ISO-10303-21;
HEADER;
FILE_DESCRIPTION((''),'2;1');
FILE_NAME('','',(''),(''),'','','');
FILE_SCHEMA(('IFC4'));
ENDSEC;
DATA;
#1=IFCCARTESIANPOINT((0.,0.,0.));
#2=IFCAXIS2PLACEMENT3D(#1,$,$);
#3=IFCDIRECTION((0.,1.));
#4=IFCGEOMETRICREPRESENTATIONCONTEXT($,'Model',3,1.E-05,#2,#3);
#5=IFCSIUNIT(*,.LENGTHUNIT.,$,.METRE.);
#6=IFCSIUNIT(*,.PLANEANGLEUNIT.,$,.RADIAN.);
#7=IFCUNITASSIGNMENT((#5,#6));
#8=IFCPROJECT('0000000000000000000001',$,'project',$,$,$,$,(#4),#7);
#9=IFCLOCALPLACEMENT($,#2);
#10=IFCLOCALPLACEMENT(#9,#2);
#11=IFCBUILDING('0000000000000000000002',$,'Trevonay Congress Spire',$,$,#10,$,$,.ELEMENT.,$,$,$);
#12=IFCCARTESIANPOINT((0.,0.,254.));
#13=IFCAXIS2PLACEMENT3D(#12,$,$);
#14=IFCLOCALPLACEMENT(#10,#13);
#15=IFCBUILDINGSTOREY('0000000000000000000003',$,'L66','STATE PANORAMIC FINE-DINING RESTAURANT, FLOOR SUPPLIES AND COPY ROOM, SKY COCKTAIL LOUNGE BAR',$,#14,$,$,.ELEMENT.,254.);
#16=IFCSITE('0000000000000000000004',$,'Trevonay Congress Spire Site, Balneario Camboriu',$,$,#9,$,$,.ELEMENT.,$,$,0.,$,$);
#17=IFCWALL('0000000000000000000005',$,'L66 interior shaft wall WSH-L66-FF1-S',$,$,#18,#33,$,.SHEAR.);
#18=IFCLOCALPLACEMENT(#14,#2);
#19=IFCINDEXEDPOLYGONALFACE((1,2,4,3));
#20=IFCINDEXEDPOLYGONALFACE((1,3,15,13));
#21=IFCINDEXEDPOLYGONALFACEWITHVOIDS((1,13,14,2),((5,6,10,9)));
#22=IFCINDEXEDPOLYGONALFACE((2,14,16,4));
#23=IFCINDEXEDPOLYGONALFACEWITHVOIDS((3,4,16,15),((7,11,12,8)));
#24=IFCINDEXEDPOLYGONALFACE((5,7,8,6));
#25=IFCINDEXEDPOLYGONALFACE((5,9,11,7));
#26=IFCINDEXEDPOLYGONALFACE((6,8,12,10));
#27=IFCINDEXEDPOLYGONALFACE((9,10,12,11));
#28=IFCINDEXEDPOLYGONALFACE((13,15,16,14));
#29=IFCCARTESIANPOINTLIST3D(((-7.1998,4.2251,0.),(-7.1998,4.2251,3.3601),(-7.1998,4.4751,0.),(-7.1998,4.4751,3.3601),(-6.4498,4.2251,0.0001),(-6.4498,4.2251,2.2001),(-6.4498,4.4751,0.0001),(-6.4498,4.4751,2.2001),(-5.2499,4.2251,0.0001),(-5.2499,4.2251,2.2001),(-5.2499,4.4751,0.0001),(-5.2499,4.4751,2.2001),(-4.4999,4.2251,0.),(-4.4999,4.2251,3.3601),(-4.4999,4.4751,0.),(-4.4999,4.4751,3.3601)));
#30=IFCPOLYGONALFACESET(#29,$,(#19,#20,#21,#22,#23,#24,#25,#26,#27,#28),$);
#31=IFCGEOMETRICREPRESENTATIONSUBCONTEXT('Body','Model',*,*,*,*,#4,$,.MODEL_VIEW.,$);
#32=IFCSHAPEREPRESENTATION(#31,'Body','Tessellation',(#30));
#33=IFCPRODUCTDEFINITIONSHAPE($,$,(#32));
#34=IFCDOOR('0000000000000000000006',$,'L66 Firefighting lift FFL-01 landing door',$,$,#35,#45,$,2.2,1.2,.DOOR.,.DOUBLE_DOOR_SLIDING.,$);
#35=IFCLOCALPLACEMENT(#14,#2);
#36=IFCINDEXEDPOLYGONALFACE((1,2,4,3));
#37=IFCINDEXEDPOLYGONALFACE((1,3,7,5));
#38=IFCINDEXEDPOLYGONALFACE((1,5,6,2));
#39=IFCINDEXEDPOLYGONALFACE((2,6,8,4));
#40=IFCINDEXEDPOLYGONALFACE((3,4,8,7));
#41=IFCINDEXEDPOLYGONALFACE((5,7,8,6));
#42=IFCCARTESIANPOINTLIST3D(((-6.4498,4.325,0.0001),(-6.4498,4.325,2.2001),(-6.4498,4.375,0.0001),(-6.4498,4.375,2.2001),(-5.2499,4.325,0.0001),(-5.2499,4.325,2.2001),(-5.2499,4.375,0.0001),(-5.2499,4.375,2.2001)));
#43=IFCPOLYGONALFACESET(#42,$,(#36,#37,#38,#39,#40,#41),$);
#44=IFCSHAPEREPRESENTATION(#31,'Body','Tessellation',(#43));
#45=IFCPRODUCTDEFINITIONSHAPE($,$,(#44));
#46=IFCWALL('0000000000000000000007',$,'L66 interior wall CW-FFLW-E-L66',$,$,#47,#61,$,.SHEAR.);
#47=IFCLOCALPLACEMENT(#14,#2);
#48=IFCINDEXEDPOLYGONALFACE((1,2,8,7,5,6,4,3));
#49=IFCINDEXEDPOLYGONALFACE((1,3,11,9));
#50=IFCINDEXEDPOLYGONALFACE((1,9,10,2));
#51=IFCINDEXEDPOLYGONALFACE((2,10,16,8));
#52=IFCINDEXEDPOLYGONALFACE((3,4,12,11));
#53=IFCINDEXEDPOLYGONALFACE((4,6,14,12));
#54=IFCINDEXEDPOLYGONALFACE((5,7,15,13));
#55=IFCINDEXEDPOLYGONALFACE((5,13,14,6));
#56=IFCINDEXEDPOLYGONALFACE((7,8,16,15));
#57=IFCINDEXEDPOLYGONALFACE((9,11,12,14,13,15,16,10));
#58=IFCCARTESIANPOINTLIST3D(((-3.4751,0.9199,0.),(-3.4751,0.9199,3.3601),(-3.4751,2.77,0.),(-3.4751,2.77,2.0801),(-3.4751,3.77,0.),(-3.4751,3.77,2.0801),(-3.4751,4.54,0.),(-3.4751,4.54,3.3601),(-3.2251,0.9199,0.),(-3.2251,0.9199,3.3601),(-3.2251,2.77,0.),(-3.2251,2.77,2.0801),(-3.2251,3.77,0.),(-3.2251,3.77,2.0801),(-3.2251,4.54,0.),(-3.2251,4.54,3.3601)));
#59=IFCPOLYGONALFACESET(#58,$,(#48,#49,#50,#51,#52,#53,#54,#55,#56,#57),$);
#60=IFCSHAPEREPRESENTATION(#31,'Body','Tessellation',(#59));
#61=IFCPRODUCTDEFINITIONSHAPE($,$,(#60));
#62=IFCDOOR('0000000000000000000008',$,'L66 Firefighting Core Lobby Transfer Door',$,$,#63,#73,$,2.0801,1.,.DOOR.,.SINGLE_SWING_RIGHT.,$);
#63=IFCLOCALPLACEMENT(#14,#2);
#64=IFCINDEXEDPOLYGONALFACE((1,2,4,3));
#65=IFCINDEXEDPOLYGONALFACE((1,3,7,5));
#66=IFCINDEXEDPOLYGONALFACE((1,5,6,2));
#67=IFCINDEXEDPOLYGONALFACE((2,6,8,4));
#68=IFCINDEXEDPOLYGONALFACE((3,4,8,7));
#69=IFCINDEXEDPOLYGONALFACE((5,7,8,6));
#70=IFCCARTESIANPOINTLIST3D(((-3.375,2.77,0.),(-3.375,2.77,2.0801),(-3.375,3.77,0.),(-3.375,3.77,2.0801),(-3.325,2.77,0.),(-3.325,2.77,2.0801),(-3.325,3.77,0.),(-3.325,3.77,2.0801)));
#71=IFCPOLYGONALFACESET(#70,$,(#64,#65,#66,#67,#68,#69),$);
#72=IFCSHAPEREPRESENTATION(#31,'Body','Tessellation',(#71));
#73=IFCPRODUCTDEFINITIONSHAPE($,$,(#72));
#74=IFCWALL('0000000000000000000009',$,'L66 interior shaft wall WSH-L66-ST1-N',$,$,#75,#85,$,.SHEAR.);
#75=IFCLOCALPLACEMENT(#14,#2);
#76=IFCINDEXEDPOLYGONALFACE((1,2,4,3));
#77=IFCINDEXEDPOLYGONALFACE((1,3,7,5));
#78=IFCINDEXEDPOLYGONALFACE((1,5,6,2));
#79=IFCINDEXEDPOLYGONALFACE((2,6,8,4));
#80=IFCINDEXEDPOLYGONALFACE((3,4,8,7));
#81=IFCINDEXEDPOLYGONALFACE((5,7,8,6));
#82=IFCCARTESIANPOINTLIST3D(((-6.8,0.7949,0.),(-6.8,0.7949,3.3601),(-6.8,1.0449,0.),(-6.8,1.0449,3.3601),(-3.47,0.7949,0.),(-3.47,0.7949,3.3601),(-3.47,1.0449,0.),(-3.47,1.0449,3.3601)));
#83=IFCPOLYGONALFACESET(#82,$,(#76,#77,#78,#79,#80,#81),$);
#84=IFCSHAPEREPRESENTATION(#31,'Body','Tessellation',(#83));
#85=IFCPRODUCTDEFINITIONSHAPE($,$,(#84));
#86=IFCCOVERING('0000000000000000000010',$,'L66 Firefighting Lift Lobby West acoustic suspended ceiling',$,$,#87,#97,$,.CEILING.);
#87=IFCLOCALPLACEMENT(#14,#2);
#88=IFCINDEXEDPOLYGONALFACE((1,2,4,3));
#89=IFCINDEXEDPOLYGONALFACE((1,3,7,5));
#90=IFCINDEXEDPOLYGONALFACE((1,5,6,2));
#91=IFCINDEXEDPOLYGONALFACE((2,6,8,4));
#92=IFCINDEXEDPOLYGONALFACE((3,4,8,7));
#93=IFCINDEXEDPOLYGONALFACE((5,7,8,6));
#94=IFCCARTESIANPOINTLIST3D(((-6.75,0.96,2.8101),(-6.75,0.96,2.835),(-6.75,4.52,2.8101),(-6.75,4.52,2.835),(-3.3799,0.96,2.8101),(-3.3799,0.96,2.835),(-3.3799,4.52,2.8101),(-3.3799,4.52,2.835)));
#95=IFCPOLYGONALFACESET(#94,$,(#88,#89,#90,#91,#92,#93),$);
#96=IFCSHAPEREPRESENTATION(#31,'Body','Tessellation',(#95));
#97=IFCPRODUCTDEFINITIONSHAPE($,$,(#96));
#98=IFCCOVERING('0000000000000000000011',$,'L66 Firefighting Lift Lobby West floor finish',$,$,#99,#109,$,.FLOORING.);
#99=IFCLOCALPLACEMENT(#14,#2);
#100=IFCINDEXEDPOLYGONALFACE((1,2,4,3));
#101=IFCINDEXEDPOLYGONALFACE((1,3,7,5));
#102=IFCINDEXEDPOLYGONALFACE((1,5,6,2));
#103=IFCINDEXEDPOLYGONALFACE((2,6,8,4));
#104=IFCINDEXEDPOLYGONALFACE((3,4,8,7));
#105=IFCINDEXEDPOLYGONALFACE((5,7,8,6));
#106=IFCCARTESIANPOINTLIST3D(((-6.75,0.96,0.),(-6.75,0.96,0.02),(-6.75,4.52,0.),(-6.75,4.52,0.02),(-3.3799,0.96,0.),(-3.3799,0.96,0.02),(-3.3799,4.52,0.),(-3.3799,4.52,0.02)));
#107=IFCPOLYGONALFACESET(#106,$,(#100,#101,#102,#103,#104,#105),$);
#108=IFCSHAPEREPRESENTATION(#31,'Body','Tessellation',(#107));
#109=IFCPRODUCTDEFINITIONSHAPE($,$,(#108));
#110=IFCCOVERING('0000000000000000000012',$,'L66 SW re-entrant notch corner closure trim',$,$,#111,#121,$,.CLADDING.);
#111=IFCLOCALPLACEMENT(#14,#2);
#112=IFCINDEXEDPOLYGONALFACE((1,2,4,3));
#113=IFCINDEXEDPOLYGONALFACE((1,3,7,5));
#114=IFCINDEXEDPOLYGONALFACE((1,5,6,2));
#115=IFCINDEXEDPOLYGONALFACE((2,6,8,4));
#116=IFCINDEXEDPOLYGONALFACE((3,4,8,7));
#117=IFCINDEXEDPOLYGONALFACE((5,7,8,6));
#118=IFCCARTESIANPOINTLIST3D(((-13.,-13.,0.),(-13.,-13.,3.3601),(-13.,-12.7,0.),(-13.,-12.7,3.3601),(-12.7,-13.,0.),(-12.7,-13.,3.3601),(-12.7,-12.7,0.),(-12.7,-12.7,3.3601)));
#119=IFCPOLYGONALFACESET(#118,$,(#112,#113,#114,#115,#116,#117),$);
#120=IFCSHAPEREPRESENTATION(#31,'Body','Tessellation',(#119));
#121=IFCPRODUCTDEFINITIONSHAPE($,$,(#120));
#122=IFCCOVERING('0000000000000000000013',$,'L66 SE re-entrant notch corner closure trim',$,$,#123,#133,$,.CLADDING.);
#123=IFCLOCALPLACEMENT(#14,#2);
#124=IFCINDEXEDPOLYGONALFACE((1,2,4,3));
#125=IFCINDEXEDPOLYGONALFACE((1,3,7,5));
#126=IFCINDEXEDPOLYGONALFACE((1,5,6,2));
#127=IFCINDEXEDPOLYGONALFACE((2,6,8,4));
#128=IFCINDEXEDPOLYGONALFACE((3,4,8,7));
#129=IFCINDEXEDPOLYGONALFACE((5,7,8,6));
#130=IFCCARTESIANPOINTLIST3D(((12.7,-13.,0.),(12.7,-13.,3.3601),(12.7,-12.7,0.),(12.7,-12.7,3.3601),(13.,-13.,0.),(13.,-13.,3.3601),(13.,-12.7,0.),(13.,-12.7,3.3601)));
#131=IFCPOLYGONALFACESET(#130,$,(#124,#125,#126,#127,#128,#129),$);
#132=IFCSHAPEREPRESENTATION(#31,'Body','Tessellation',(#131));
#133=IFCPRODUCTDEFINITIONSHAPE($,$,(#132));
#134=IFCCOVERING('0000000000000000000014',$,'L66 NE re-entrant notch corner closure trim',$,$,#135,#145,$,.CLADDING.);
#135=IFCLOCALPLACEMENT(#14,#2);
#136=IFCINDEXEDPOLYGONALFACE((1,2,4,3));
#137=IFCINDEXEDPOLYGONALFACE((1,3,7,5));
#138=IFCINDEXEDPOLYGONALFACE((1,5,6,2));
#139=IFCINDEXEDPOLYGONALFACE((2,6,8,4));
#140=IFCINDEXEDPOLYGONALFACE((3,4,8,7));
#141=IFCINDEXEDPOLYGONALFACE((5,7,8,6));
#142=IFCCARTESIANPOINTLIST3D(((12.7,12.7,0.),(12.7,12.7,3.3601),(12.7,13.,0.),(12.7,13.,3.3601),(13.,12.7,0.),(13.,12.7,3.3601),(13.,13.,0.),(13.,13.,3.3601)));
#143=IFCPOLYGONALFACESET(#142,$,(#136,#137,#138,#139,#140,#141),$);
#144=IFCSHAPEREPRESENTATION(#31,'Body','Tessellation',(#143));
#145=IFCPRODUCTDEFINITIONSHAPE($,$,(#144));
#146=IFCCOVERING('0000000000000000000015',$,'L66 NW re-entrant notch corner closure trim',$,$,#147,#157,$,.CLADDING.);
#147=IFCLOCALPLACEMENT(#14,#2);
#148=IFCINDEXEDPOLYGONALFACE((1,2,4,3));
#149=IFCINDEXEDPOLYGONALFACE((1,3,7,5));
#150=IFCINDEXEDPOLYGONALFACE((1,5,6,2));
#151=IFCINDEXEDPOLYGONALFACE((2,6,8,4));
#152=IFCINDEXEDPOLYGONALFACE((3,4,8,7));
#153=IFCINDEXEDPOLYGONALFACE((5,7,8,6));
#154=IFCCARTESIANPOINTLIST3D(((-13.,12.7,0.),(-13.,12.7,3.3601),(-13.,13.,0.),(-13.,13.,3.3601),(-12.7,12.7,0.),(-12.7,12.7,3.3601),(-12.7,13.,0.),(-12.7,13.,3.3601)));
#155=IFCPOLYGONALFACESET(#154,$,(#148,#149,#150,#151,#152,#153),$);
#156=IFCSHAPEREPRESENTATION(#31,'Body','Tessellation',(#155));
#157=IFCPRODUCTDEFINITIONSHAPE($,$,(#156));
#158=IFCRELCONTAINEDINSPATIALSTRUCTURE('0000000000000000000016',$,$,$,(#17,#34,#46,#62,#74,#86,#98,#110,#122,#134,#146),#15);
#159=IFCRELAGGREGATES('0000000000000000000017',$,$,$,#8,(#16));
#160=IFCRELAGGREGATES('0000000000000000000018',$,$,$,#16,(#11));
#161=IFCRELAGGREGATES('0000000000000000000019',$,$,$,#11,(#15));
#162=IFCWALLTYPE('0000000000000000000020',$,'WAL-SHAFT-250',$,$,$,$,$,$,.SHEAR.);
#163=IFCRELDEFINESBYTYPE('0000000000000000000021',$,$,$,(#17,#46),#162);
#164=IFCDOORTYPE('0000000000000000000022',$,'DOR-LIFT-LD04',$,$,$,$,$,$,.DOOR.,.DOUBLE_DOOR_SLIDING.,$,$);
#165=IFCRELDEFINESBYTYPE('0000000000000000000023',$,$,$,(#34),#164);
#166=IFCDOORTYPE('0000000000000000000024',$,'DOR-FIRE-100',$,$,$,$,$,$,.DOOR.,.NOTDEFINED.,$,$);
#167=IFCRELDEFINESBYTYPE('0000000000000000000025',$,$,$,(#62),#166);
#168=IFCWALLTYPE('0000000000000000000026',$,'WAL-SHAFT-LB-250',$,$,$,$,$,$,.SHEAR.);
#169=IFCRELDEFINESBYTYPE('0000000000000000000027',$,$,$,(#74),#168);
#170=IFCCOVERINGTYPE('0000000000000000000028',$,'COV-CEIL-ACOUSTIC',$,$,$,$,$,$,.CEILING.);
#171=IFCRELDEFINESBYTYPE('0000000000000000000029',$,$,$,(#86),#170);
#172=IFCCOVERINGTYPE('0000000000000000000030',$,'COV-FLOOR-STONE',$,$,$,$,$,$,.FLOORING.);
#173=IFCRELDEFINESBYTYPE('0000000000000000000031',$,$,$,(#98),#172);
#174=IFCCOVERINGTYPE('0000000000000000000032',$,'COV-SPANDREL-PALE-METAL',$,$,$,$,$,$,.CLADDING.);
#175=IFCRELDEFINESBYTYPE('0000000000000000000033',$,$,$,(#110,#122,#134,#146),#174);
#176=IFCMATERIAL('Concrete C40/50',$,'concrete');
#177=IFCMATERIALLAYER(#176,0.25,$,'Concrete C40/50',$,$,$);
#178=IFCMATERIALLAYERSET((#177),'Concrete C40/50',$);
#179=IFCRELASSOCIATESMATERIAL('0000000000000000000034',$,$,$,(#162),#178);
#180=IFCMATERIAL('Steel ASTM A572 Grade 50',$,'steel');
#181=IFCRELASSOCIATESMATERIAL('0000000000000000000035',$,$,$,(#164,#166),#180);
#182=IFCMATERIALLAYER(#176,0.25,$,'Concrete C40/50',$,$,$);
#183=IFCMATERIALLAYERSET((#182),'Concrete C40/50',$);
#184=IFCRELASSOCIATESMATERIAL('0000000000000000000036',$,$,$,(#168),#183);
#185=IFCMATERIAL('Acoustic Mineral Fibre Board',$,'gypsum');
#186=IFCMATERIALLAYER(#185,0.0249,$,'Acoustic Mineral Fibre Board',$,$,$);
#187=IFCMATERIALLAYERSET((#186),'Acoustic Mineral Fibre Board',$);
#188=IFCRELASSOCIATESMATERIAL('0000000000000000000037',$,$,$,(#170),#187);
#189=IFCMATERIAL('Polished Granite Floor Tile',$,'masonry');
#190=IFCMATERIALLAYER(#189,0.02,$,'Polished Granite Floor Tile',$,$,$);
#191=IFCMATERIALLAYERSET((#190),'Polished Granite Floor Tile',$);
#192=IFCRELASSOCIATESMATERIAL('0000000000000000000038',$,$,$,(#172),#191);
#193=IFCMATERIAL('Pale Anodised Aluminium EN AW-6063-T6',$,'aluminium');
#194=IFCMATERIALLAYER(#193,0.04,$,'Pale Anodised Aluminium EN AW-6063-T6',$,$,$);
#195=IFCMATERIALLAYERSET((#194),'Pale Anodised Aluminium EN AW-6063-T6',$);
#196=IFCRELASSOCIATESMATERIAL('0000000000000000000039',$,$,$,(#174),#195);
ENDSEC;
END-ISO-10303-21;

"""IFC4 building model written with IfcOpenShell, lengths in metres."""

from ifc_helpers import new_model, si_unit, direction, frame, frame_2d, origin, place, context, subcontext, project, spatial, polyline, rectangle, outline, extrude, material, layer, layer_set, type_object, element, fill, save


model = new_model("IFC4")

# Units and contexts
model_context = context("Model", 3, precision=1e-05, world=origin(), true_north=direction((0.0, 1.0)))
body_context = subcontext(model_context, "Body", "Model", "MODEL_VIEW")
ifc_project = project(units=[si_unit("LENGTHUNIT", "METRE"), si_unit("PLANEANGLEUNIT", "RADIAN")], contexts=[model_context])

# Site, building, storey
site_placement = place(None, origin())
site = spatial("IfcSite", under=ifc_project, at=site_placement, Name="Trevonay Congress Spire Site, Balneario Camboriu", CompositionType="ELEMENT", RefElevation=0.0)
building_placement = place(site_placement, origin())
building = spatial("IfcBuilding", under=site, at=building_placement, Name="Trevonay Congress Spire", CompositionType="ELEMENT")
storey_placement = place(building_placement, frame((0.0, 0.0, 254.0)))
storey = spatial("IfcBuildingStorey", under=building, at=storey_placement, Name="L66", Description="STATE PANORAMIC FINE-DINING RESTAURANT, FLOOR SUPPLIES AND COPY ROOM, SKY COCKTAIL LOUNGE BAR", CompositionType="ELEMENT", Elevation=254.0)

# Shared definitions
ifc_material_1 = material(Name="Concrete C40/50", Category="concrete")

# Walls, openings, doors
ifc_layer_1 = layer(ifc_material_1, 0.25, Name="Concrete C40/50")
ifc_layer_set_1 = layer_set([ifc_layer_1], Name="Concrete C40/50")
wall_type_1 = type_object("IfcWallType", Name="WAL-SHAFT-250", PredefinedType="SHEAR", material=ifc_layer_set_1)
wall_1_placement = place(storey_placement, frame((-7.2, 4.3501, 0.0), z_axis=(0.0, 0.0, 1.0), x_axis=(1.0, 0.0, 0.0)))
wall_1 = element("IfcWall", 1, at=wall_1_placement, inside=storey, type_object=wall_type_1, Name="L66 interior shaft wall WSH-L66-FF1-S", PredefinedType="SHEAR", context=body_context, shape_type="SweptSolid", body=[
    extrude(rectangle(XDim=2.7, YDim=0.25, at=frame_2d((1.3501, 0.0))), origin(), (0.0, 0.0, 1.0), 3.3601),
])
opening_1_placement = place(wall_1_placement, frame((0.75, 0.0, 0.0)))
opening_1 = element("IfcOpeningElement", 2, at=opening_1_placement, cuts=wall_1, PredefinedType="OPENING", context=body_context, shape_type="SweptSolid", body=[
    extrude(rectangle(XDim=1.2, YDim=2.2, at=frame_2d((0.6001, 1.1001))), frame((0.0, 0.135, 0.0), z_axis=(0.0, -1.0, 0.0), x_axis=(1.0, 0.0, 0.0)), (0.0, 0.0, 1.0), 0.27),
])
ifc_material_2 = material(Name="Steel ASTM A572 Grade 50", Category="steel")
door_type_1 = type_object("IfcDoorType", Name="DOR-LIFT-LD04", OperationType="DOUBLE_DOOR_SLIDING", PredefinedType="DOOR", material=ifc_material_2)
door_1_placement = place(opening_1_placement, origin())
door_1 = element("IfcDoor", 3, at=door_1_placement, inside=storey, type_object=door_type_1, Name="L66 Firefighting lift FFL-01 landing door", OperationType="DOUBLE_DOOR_SLIDING", OverallHeight=2.2, OverallWidth=1.2, PredefinedType="DOOR", context=body_context, shape_type="SweptSolid", body=[
    extrude(rectangle(XDim=1.2, YDim=2.2, at=frame_2d((0.6001, 1.1001))), frame((0.0, 0.0249, 0.0), z_axis=(0.0, -1.0, 0.0), x_axis=(1.0, 0.0, 0.0)), (0.0, 0.0, 1.0), 0.05),
])
fill(opening_1, door_1)
wall_2_placement = place(storey_placement, frame((-3.3501, 0.9199, 0.0), z_axis=(0.0, 0.0, 1.0), x_axis=(0.0, 1.0, 0.0)))
wall_2 = element("IfcWall", 4, at=wall_2_placement, inside=storey, type_object=wall_type_1, Name="L66 interior wall CW-FFLW-E-L66", PredefinedType="SHEAR", context=body_context, shape_type="SweptSolid", body=[
    extrude(rectangle(XDim=3.6201, YDim=0.25, at=frame_2d((1.8101, 0.0))), origin(), (0.0, 0.0, 1.0), 3.3601),
])
opening_2_placement = place(wall_2_placement, frame((1.8501, 0.0, 0.0)))
opening_2 = element("IfcOpeningElement", 5, at=opening_2_placement, cuts=wall_2, PredefinedType="OPENING", context=body_context, shape_type="SweptSolid", body=[
    extrude(rectangle(XDim=1.0, YDim=2.0801, at=frame_2d((0.5, 1.04))), frame((0.0, 0.135, 0.0), z_axis=(0.0, -1.0, 0.0), x_axis=(1.0, 0.0, 0.0)), (0.0, 0.0, 1.0), 0.27),
])
door_type_2 = type_object("IfcDoorType", Name="DOR-FIRE-100", OperationType="NOTDEFINED", PredefinedType="DOOR", material=ifc_material_2)
door_2_placement = place(opening_2_placement, origin())
door_2 = element("IfcDoor", 6, at=door_2_placement, inside=storey, type_object=door_type_2, Name="L66 Firefighting Core Lobby Transfer Door", OperationType="SINGLE_SWING_RIGHT", OverallHeight=2.0801, OverallWidth=1.0, PredefinedType="DOOR", context=body_context, shape_type="SweptSolid", body=[
    extrude(rectangle(XDim=1.0, YDim=2.0801, at=frame_2d((0.5, 1.04))), frame((0.0, 0.0249, 0.0), z_axis=(0.0, -1.0, 0.0), x_axis=(1.0, 0.0, 0.0)), (0.0, 0.0, 1.0), 0.05),
])
fill(opening_2, door_2)

# Wall
ifc_layer_2 = layer(ifc_material_1, 0.25, Name="Concrete C40/50")
ifc_layer_set_2 = layer_set([ifc_layer_2], Name="Concrete C40/50")
wall_type_2 = type_object("IfcWallType", Name="WAL-SHAFT-LB-250", PredefinedType="SHEAR", material=ifc_layer_set_2)
wall_3_placement = place(storey_placement, frame((-6.8, 0.9199, 0.0), z_axis=(0.0, 0.0, 1.0), x_axis=(1.0, 0.0, 0.0)))
element("IfcWall", 7, at=wall_3_placement, inside=storey, type_object=wall_type_2, Name="L66 interior shaft wall WSH-L66-ST1-N", PredefinedType="SHEAR", context=body_context, shape_type="SweptSolid", body=[
    extrude(rectangle(XDim=3.3301, YDim=0.25, at=frame_2d((1.665, 0.0))), origin(), (0.0, 0.0, 1.0), 3.3601),
])

# Coverings
ifc_material_3 = material(Name="Acoustic Mineral Fibre Board", Category="gypsum")
ifc_layer_3 = layer(ifc_material_3, 0.0249, Name="Acoustic Mineral Fibre Board")
ifc_layer_set_3 = layer_set([ifc_layer_3], Name="Acoustic Mineral Fibre Board")
covering_type_1 = type_object("IfcCoveringType", Name="COV-CEIL-ACOUSTIC", PredefinedType="CEILING", material=ifc_layer_set_3)
covering_1_placement = place(storey_placement, frame((0.0, 0.0, 2.8101)))
element("IfcCovering", 8, at=covering_1_placement, inside=storey, type_object=covering_type_1, Name="L66 Firefighting Lift Lobby West acoustic suspended ceiling", PredefinedType="CEILING", context=body_context, shape_type="SweptSolid", body=[
    extrude(outline(polyline([(-6.75, 0.96), (-3.3799, 0.96), (-3.3799, 4.52), (-6.75, 4.52), (-6.75, 0.96)])), origin(), (0.0, 0.0, 1.0), 0.0249),
])
ifc_material_4 = material(Name="Polished Granite Floor Tile", Category="masonry")
ifc_layer_4 = layer(ifc_material_4, 0.02, Name="Polished Granite Floor Tile")
ifc_layer_set_4 = layer_set([ifc_layer_4], Name="Polished Granite Floor Tile")
covering_type_2 = type_object("IfcCoveringType", Name="COV-FLOOR-STONE", PredefinedType="FLOORING", material=ifc_layer_set_4)
covering_2_placement = place(storey_placement, origin())
element("IfcCovering", 9, at=covering_2_placement, inside=storey, type_object=covering_type_2, Name="L66 Firefighting Lift Lobby West floor finish", PredefinedType="FLOORING", context=body_context, shape_type="SweptSolid", body=[
    extrude(outline(polyline([(-6.75, 0.96), (-3.3799, 0.96), (-3.3799, 4.52), (-6.75, 4.52), (-6.75, 0.96)])), origin(), (0.0, 0.0, 1.0), 0.02),
])
ifc_material_5 = material(Name="Pale Anodised Aluminium EN AW-6063-T6", Category="aluminium")
ifc_layer_5 = layer(ifc_material_5, 0.04, Name="Pale Anodised Aluminium EN AW-6063-T6")
ifc_layer_set_5 = layer_set([ifc_layer_5], Name="Pale Anodised Aluminium EN AW-6063-T6")
covering_type_3 = type_object("IfcCoveringType", Name="COV-SPANDREL-PALE-METAL", PredefinedType="CLADDING", material=ifc_layer_set_5)
covering_3_placement = place(storey_placement, origin())
element("IfcCovering", 10, at=covering_3_placement, inside=storey, type_object=covering_type_3, Name="L66 SW re-entrant notch corner closure trim", PredefinedType="CLADDING", context=body_context, shape_type="SweptSolid", body=[
    extrude(outline(polyline([(-13.0, -13.0), (-12.7, -13.0), (-12.7, -12.7), (-13.0, -12.7), (-13.0, -13.0)])), origin(), (0.0, 0.0, 1.0), 3.3601),
])
covering_4_placement = place(storey_placement, origin())
element("IfcCovering", 11, at=covering_4_placement, inside=storey, type_object=covering_type_3, Name="L66 SE re-entrant notch corner closure trim", PredefinedType="CLADDING", context=body_context, shape_type="SweptSolid", body=[
    extrude(outline(polyline([(12.7, -13.0), (13.0, -13.0), (13.0, -12.7), (12.7, -12.7), (12.7, -13.0)])), origin(), (0.0, 0.0, 1.0), 3.3601),
])
covering_5_placement = place(storey_placement, origin())
element("IfcCovering", 12, at=covering_5_placement, inside=storey, type_object=covering_type_3, Name="L66 NE re-entrant notch corner closure trim", PredefinedType="CLADDING", context=body_context, shape_type="SweptSolid", body=[
    extrude(outline(polyline([(12.7, 12.7), (13.0, 12.7), (13.0, 13.0), (12.7, 13.0), (12.7, 12.7)])), origin(), (0.0, 0.0, 1.0), 3.3601),
])
covering_6_placement = place(storey_placement, origin())
element("IfcCovering", 13, at=covering_6_placement, inside=storey, type_object=covering_type_3, Name="L66 NW re-entrant notch corner closure trim", PredefinedType="CLADDING", context=body_context, shape_type="SweptSolid", body=[
    extrude(outline(polyline([(-13.0, 12.7), (-12.7, 12.7), (-12.7, 13.0), (-13.0, 13.0), (-13.0, 12.7)])), origin(), (0.0, 0.0, 1.0), 3.3601),
])

save(model, "model.ifc")
